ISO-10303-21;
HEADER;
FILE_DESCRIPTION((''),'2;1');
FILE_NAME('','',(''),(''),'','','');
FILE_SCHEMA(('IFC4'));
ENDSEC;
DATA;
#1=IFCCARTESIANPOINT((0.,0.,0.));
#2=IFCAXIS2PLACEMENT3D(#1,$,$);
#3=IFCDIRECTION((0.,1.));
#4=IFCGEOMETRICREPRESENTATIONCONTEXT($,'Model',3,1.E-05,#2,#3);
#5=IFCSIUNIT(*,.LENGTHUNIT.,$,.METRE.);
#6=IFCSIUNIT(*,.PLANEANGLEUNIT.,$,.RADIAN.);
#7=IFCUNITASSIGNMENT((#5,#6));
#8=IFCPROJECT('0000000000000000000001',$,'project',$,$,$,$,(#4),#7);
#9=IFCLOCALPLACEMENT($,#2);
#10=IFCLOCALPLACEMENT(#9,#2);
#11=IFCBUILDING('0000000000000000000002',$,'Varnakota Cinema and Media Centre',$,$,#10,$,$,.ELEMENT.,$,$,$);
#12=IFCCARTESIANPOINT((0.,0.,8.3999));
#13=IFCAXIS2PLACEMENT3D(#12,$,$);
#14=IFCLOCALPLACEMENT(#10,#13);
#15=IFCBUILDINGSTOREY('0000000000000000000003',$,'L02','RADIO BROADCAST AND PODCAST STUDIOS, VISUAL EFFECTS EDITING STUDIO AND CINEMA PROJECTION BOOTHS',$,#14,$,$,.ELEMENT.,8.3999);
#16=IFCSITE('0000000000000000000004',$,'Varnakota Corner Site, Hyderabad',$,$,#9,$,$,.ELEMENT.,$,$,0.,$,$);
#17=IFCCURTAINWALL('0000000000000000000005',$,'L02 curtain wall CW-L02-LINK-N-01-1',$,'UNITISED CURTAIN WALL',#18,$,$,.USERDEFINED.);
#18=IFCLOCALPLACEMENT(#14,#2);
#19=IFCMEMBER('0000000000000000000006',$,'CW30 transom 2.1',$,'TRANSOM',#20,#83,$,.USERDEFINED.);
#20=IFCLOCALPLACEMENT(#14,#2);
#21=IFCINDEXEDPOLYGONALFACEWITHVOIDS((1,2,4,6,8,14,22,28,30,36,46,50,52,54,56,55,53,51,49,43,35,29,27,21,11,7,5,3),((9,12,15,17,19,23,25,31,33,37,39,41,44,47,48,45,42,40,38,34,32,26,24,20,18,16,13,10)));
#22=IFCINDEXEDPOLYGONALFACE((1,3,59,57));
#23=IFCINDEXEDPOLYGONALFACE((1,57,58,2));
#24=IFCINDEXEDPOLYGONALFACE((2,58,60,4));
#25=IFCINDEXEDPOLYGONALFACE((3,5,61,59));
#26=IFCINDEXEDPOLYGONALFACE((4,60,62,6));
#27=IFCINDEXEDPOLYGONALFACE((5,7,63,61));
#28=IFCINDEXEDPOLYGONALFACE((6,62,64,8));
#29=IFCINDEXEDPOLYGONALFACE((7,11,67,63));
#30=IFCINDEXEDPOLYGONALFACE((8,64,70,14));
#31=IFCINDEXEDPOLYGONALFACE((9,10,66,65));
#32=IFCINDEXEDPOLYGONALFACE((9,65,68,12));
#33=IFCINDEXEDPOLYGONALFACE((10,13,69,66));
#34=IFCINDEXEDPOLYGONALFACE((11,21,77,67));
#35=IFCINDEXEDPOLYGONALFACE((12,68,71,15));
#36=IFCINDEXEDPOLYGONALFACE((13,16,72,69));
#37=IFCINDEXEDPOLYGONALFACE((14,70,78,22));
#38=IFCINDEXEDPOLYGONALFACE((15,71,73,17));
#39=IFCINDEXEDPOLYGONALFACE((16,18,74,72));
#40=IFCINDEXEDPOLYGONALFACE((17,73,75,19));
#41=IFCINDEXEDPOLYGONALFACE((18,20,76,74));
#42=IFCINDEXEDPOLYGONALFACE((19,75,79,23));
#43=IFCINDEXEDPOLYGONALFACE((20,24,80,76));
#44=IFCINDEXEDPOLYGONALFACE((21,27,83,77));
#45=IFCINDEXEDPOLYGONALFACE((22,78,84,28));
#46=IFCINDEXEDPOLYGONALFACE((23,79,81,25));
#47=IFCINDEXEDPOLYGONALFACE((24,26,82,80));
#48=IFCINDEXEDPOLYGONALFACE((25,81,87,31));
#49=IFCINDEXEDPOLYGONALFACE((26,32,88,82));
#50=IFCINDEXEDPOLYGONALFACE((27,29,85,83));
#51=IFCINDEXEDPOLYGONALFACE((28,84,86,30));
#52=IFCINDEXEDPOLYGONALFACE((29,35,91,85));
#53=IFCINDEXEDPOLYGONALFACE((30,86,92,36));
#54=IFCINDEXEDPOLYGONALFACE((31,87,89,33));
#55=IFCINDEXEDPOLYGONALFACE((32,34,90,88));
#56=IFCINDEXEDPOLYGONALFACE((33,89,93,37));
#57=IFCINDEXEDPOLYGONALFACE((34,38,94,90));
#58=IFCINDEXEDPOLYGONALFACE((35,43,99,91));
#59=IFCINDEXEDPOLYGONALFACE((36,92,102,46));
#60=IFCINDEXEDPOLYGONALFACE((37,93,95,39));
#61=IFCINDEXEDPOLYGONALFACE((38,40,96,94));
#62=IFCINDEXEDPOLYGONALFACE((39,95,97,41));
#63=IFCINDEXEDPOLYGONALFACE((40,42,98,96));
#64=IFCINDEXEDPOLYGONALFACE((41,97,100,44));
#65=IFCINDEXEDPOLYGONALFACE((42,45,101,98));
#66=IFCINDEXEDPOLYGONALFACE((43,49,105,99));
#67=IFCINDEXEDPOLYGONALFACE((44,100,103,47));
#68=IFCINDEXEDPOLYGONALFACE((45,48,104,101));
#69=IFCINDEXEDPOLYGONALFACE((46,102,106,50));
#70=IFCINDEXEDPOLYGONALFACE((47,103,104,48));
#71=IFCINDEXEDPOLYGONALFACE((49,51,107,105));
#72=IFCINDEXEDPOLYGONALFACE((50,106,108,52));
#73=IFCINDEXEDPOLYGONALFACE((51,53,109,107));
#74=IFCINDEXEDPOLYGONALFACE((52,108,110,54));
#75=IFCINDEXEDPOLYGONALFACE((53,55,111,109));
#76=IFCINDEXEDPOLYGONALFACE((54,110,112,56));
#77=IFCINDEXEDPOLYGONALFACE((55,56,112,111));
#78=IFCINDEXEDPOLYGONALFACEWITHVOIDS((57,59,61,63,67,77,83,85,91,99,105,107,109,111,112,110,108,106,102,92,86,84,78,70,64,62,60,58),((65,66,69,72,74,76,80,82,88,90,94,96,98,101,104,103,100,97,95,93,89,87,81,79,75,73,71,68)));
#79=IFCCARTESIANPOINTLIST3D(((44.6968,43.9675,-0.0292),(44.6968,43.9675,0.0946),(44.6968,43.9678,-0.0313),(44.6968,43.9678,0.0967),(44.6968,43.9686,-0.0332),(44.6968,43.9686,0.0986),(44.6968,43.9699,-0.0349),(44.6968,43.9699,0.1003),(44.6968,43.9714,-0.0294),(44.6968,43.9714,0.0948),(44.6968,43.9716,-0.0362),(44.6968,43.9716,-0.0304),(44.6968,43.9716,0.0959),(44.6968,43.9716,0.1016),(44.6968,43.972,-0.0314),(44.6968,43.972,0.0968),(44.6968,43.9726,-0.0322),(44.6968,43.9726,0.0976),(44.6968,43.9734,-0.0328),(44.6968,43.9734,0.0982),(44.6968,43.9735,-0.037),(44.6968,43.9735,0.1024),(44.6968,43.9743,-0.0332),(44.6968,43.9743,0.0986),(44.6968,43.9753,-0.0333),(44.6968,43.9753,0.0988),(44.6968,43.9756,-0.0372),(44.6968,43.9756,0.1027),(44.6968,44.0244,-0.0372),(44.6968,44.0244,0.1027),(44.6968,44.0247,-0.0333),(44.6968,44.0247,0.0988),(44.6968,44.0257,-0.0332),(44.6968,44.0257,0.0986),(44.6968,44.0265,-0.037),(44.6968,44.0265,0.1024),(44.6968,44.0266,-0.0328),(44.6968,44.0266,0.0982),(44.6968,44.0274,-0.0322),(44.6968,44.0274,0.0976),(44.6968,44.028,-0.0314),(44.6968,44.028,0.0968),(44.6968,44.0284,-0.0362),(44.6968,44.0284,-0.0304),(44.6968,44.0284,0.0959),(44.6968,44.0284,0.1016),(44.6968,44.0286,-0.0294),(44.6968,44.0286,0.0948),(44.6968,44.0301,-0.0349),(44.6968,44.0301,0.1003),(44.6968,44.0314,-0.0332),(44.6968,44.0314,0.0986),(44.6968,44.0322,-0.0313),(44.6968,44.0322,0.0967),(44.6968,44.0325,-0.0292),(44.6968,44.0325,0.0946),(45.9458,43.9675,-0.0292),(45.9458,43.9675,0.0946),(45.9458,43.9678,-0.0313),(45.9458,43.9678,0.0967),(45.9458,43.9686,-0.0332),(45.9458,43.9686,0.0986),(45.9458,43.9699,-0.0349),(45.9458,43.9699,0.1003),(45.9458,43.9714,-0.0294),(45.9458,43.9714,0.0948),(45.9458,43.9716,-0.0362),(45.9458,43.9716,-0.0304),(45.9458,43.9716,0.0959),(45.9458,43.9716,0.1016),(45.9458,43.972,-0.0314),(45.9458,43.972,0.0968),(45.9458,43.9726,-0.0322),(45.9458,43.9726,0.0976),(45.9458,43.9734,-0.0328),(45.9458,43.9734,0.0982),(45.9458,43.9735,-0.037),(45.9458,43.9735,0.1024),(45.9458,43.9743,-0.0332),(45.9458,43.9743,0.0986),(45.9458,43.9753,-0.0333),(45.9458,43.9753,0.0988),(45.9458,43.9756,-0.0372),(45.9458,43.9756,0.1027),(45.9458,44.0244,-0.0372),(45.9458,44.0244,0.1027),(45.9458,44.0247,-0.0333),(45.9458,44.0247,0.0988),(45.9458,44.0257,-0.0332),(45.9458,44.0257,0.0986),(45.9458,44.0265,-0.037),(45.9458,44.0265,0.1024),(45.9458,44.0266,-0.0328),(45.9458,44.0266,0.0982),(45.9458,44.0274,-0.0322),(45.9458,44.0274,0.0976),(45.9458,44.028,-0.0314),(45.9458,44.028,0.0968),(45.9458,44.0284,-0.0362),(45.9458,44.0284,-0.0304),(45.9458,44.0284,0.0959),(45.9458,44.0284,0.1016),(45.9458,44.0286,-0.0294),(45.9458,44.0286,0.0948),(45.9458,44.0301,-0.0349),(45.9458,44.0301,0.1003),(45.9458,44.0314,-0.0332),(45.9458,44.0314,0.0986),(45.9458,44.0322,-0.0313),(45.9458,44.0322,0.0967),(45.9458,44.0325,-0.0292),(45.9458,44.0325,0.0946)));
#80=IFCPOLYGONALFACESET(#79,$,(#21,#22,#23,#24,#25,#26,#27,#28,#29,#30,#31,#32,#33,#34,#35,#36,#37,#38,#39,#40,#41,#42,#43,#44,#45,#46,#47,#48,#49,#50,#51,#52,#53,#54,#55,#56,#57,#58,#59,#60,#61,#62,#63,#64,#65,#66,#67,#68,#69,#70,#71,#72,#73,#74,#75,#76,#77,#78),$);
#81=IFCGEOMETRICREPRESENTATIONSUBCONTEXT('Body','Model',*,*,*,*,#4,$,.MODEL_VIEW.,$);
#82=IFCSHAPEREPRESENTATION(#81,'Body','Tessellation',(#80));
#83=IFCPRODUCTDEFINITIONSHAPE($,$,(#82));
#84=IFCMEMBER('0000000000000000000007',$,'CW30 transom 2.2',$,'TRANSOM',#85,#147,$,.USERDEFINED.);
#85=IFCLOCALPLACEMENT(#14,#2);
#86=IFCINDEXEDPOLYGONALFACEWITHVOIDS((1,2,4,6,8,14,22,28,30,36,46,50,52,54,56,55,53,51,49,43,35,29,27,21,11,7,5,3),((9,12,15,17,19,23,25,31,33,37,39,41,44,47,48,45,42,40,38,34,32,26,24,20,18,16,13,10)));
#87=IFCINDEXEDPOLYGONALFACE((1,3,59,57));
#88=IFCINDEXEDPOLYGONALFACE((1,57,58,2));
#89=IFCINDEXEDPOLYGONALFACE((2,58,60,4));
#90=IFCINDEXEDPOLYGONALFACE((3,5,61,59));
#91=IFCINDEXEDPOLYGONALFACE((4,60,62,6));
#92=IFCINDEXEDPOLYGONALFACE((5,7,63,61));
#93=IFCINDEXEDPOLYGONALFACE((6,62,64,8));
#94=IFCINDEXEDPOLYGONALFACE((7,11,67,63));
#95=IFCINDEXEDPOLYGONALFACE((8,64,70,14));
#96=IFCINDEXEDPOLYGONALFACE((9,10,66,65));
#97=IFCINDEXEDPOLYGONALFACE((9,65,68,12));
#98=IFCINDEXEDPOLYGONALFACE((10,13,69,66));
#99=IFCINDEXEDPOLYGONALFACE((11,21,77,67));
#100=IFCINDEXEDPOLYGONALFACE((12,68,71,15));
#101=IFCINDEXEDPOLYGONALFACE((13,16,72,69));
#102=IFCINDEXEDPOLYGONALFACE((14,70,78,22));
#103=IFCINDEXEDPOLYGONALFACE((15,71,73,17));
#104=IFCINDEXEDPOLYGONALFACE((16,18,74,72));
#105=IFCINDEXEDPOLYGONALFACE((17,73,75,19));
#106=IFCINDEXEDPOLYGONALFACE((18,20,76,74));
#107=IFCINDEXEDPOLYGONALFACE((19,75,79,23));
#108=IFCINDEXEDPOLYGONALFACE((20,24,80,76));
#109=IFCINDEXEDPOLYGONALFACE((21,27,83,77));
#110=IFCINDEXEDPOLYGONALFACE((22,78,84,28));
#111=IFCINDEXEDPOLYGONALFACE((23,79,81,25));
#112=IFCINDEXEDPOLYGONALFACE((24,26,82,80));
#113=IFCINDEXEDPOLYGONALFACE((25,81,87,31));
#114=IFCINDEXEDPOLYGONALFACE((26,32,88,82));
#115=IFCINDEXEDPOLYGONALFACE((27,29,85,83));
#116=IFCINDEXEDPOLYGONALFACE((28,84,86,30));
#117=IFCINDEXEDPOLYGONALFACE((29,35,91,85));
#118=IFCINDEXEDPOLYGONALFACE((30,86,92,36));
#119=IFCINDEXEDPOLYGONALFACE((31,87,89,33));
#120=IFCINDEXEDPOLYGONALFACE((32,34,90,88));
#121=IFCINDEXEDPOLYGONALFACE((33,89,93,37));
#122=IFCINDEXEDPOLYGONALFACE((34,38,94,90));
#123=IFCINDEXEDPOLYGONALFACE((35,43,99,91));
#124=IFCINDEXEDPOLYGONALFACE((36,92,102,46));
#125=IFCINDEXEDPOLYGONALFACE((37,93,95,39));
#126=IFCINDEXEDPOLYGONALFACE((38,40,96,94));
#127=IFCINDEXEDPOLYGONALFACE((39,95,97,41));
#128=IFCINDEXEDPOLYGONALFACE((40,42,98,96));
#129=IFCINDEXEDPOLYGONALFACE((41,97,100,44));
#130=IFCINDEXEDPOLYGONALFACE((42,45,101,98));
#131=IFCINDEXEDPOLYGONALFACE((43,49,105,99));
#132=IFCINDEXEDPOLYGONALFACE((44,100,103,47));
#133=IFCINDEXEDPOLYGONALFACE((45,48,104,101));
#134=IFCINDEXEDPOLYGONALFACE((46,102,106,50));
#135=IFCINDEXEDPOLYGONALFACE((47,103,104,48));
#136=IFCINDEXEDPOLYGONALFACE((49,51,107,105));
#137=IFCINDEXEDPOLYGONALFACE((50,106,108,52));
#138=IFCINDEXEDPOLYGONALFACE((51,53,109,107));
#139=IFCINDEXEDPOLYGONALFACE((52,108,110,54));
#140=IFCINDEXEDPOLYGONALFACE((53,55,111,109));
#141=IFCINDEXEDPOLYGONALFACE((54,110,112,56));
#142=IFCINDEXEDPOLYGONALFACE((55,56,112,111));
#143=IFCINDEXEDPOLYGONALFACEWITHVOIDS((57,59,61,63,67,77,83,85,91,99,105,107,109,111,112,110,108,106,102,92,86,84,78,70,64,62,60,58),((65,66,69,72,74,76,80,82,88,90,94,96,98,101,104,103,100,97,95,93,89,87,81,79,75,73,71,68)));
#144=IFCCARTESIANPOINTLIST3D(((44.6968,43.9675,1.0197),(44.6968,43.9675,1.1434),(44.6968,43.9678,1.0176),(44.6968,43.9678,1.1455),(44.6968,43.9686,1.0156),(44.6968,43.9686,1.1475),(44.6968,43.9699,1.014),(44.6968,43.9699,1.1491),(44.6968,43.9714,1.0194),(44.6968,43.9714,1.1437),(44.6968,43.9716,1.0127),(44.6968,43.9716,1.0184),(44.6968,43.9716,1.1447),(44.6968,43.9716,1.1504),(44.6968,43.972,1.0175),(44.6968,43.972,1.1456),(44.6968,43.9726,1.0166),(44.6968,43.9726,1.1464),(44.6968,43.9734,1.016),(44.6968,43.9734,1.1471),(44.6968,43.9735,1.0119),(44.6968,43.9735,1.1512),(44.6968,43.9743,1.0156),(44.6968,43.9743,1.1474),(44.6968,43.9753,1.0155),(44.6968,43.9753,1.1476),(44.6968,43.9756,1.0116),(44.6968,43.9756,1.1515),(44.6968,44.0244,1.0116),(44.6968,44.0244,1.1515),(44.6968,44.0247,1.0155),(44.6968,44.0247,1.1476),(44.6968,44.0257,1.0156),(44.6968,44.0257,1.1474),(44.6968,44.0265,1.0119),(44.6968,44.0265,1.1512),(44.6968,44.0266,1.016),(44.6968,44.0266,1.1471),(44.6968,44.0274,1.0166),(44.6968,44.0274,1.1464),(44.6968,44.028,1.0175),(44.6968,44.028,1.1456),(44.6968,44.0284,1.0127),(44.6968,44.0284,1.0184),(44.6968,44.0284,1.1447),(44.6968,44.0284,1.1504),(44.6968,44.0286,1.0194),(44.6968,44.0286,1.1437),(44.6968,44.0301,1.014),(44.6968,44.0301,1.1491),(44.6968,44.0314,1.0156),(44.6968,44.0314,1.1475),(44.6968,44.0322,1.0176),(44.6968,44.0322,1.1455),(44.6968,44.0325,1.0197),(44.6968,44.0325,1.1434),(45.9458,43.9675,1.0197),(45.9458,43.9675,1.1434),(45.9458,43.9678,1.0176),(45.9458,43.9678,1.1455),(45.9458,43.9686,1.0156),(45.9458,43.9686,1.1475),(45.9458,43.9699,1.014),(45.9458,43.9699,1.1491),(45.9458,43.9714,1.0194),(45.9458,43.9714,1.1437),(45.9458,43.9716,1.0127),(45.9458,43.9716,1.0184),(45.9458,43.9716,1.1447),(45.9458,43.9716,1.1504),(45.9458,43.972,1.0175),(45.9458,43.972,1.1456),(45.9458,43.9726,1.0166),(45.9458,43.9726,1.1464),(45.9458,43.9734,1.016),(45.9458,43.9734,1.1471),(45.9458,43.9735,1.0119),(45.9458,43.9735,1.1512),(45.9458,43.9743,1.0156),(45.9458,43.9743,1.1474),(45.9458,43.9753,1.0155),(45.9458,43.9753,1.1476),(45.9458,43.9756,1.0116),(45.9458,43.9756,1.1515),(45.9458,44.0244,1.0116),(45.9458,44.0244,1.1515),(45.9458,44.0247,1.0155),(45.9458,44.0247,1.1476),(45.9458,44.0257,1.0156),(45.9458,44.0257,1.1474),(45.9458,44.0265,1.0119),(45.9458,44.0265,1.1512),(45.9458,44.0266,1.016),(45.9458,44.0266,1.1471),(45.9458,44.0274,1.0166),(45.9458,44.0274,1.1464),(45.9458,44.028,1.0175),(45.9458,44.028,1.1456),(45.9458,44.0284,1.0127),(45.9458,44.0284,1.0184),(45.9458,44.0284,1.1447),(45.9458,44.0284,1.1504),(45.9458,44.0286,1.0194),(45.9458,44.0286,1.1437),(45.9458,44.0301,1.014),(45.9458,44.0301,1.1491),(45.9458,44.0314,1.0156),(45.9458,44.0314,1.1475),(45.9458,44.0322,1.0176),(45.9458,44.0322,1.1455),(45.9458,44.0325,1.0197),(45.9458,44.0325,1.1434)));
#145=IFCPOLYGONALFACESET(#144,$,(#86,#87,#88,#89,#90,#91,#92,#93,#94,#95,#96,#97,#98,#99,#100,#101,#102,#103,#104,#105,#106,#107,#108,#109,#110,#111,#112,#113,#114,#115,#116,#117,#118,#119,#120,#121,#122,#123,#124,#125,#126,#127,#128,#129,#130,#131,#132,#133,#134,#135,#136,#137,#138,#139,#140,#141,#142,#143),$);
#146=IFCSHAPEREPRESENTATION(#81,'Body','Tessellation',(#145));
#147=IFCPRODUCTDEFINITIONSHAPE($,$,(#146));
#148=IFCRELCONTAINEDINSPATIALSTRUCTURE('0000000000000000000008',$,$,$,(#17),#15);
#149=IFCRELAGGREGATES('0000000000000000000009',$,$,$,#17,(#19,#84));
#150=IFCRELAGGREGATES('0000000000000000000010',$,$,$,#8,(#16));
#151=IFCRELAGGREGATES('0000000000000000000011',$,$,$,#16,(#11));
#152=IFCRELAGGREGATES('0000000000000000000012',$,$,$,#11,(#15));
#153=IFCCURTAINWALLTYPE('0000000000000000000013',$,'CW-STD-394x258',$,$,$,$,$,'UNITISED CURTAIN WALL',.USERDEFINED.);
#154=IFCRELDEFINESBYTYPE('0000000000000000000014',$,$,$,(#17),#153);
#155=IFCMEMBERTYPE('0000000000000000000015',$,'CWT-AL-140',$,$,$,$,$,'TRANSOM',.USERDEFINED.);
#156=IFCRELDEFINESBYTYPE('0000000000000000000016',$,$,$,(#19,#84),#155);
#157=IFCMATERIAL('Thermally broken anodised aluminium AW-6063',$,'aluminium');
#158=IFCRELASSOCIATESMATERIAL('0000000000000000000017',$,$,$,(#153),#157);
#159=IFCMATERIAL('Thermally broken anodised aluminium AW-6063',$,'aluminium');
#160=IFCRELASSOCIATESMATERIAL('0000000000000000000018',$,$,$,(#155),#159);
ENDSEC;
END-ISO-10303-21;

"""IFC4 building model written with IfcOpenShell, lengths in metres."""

from ifc_helpers import new_model, si_unit, direction, frame, origin, origin_2d, place, context, subcontext, project, spatial, hollow_rectangle, extrude, material, material_profile, profile_set, type_object, element, aggregate, save


model = new_model("IFC4")

# Units and contexts
model_context = context("Model", 3, precision=1e-05, world=origin(), true_north=direction((0.0, 1.0)))
body_context = subcontext(model_context, "Body", "Model", "MODEL_VIEW")
ifc_project = project(units=[si_unit("LENGTHUNIT", "METRE"), si_unit("PLANEANGLEUNIT", "RADIAN")], contexts=[model_context])

# Site, building, storey
site_placement = place(None, origin())
site = spatial("IfcSite", under=ifc_project, at=site_placement, Name="Varnakota Corner Site, Hyderabad", CompositionType="ELEMENT", RefElevation=0.0)
building_placement = place(site_placement, origin())
building = spatial("IfcBuilding", under=site, at=building_placement, Name="Varnakota Cinema and Media Centre", CompositionType="ELEMENT")
storey_placement = place(building_placement, frame((0.0, 0.0, 8.3999)))
storey = spatial("IfcBuildingStorey", under=building, at=storey_placement, Name="L02", Description="RADIO BROADCAST AND PODCAST STUDIOS, VISUAL EFFECTS EDITING STUDIO AND CINEMA PROJECTION BOOTHS", CompositionType="ELEMENT", Elevation=8.3999)

# Curtain wall
ifc_material_1 = material(Name="Thermally broken anodised aluminium AW-6063", Category="aluminium")
curtain_wall_type_1 = type_object("IfcCurtainWallType", Name="CW-STD-394x258", ElementType="UNITISED CURTAIN WALL", PredefinedType="USERDEFINED", material=ifc_material_1)
curtain_wall_1_placement = place(storey_placement, origin())
curtain_wall_1 = element("IfcCurtainWall", 1, at=curtain_wall_1_placement, inside=storey, type_object=curtain_wall_type_1, Name="L02 curtain wall CW-L02-LINK-N-01-1", ObjectType="UNITISED CURTAIN WALL", PredefinedType="USERDEFINED")

# Members
ifc_material_2 = material(Name="Thermally broken anodised aluminium AW-6063", Category="aluminium")
ifc_material_profile_1 = material_profile(ifc_material_2, hollow_rectangle(XDim=0.0649, YDim=0.1399, WallThickness=0.0039, InnerFilletRadius=0.0039, OuterFilletRadius=0.0081, at=origin_2d()), Name="AL-TRANSOM 140x65x4")
ifc_profile_set_1 = profile_set([ifc_material_profile_1], Name="Thermally broken anodised aluminium AW-6063")
member_type_1 = type_object("IfcMemberType", Name="CWT-AL-140", ElementType="TRANSOM", PredefinedType="USERDEFINED", material=ifc_profile_set_1)
member_1_placement = place(storey_placement, frame((44.6968, 44.0, 0.0327), z_axis=(1.0, 0.0, 0.0), x_axis=(0.0, 1.0, 0.0)))
member_1 = element("IfcMember", 2, at=member_1_placement, type_object=member_type_1, Name="CW30 transom 2.1", ObjectType="TRANSOM", PredefinedType="USERDEFINED", context=body_context, shape_type="SweptSolid", body=[
    extrude(hollow_rectangle(XDim=0.0649, YDim=0.1399, WallThickness=0.0039, InnerFilletRadius=0.0039, OuterFilletRadius=0.0081, at=origin_2d()), origin(), (0.0, 0.0, 1.0), 1.249),
])
member_2_placement = place(storey_placement, frame((44.6968, 44.0, 1.0815), z_axis=(1.0, 0.0, 0.0), x_axis=(0.0, 1.0, 0.0)))
member_2 = element("IfcMember", 3, at=member_2_placement, type_object=member_type_1, Name="CW30 transom 2.2", ObjectType="TRANSOM", PredefinedType="USERDEFINED", context=body_context, shape_type="SweptSolid", body=[
    extrude(hollow_rectangle(XDim=0.0649, YDim=0.1399, WallThickness=0.0039, InnerFilletRadius=0.0039, OuterFilletRadius=0.0081, at=origin_2d()), origin(), (0.0, 0.0, 1.0), 1.249),
])

aggregate(curtain_wall_1, [member_1, member_2])

save(model, "model.ifc")
